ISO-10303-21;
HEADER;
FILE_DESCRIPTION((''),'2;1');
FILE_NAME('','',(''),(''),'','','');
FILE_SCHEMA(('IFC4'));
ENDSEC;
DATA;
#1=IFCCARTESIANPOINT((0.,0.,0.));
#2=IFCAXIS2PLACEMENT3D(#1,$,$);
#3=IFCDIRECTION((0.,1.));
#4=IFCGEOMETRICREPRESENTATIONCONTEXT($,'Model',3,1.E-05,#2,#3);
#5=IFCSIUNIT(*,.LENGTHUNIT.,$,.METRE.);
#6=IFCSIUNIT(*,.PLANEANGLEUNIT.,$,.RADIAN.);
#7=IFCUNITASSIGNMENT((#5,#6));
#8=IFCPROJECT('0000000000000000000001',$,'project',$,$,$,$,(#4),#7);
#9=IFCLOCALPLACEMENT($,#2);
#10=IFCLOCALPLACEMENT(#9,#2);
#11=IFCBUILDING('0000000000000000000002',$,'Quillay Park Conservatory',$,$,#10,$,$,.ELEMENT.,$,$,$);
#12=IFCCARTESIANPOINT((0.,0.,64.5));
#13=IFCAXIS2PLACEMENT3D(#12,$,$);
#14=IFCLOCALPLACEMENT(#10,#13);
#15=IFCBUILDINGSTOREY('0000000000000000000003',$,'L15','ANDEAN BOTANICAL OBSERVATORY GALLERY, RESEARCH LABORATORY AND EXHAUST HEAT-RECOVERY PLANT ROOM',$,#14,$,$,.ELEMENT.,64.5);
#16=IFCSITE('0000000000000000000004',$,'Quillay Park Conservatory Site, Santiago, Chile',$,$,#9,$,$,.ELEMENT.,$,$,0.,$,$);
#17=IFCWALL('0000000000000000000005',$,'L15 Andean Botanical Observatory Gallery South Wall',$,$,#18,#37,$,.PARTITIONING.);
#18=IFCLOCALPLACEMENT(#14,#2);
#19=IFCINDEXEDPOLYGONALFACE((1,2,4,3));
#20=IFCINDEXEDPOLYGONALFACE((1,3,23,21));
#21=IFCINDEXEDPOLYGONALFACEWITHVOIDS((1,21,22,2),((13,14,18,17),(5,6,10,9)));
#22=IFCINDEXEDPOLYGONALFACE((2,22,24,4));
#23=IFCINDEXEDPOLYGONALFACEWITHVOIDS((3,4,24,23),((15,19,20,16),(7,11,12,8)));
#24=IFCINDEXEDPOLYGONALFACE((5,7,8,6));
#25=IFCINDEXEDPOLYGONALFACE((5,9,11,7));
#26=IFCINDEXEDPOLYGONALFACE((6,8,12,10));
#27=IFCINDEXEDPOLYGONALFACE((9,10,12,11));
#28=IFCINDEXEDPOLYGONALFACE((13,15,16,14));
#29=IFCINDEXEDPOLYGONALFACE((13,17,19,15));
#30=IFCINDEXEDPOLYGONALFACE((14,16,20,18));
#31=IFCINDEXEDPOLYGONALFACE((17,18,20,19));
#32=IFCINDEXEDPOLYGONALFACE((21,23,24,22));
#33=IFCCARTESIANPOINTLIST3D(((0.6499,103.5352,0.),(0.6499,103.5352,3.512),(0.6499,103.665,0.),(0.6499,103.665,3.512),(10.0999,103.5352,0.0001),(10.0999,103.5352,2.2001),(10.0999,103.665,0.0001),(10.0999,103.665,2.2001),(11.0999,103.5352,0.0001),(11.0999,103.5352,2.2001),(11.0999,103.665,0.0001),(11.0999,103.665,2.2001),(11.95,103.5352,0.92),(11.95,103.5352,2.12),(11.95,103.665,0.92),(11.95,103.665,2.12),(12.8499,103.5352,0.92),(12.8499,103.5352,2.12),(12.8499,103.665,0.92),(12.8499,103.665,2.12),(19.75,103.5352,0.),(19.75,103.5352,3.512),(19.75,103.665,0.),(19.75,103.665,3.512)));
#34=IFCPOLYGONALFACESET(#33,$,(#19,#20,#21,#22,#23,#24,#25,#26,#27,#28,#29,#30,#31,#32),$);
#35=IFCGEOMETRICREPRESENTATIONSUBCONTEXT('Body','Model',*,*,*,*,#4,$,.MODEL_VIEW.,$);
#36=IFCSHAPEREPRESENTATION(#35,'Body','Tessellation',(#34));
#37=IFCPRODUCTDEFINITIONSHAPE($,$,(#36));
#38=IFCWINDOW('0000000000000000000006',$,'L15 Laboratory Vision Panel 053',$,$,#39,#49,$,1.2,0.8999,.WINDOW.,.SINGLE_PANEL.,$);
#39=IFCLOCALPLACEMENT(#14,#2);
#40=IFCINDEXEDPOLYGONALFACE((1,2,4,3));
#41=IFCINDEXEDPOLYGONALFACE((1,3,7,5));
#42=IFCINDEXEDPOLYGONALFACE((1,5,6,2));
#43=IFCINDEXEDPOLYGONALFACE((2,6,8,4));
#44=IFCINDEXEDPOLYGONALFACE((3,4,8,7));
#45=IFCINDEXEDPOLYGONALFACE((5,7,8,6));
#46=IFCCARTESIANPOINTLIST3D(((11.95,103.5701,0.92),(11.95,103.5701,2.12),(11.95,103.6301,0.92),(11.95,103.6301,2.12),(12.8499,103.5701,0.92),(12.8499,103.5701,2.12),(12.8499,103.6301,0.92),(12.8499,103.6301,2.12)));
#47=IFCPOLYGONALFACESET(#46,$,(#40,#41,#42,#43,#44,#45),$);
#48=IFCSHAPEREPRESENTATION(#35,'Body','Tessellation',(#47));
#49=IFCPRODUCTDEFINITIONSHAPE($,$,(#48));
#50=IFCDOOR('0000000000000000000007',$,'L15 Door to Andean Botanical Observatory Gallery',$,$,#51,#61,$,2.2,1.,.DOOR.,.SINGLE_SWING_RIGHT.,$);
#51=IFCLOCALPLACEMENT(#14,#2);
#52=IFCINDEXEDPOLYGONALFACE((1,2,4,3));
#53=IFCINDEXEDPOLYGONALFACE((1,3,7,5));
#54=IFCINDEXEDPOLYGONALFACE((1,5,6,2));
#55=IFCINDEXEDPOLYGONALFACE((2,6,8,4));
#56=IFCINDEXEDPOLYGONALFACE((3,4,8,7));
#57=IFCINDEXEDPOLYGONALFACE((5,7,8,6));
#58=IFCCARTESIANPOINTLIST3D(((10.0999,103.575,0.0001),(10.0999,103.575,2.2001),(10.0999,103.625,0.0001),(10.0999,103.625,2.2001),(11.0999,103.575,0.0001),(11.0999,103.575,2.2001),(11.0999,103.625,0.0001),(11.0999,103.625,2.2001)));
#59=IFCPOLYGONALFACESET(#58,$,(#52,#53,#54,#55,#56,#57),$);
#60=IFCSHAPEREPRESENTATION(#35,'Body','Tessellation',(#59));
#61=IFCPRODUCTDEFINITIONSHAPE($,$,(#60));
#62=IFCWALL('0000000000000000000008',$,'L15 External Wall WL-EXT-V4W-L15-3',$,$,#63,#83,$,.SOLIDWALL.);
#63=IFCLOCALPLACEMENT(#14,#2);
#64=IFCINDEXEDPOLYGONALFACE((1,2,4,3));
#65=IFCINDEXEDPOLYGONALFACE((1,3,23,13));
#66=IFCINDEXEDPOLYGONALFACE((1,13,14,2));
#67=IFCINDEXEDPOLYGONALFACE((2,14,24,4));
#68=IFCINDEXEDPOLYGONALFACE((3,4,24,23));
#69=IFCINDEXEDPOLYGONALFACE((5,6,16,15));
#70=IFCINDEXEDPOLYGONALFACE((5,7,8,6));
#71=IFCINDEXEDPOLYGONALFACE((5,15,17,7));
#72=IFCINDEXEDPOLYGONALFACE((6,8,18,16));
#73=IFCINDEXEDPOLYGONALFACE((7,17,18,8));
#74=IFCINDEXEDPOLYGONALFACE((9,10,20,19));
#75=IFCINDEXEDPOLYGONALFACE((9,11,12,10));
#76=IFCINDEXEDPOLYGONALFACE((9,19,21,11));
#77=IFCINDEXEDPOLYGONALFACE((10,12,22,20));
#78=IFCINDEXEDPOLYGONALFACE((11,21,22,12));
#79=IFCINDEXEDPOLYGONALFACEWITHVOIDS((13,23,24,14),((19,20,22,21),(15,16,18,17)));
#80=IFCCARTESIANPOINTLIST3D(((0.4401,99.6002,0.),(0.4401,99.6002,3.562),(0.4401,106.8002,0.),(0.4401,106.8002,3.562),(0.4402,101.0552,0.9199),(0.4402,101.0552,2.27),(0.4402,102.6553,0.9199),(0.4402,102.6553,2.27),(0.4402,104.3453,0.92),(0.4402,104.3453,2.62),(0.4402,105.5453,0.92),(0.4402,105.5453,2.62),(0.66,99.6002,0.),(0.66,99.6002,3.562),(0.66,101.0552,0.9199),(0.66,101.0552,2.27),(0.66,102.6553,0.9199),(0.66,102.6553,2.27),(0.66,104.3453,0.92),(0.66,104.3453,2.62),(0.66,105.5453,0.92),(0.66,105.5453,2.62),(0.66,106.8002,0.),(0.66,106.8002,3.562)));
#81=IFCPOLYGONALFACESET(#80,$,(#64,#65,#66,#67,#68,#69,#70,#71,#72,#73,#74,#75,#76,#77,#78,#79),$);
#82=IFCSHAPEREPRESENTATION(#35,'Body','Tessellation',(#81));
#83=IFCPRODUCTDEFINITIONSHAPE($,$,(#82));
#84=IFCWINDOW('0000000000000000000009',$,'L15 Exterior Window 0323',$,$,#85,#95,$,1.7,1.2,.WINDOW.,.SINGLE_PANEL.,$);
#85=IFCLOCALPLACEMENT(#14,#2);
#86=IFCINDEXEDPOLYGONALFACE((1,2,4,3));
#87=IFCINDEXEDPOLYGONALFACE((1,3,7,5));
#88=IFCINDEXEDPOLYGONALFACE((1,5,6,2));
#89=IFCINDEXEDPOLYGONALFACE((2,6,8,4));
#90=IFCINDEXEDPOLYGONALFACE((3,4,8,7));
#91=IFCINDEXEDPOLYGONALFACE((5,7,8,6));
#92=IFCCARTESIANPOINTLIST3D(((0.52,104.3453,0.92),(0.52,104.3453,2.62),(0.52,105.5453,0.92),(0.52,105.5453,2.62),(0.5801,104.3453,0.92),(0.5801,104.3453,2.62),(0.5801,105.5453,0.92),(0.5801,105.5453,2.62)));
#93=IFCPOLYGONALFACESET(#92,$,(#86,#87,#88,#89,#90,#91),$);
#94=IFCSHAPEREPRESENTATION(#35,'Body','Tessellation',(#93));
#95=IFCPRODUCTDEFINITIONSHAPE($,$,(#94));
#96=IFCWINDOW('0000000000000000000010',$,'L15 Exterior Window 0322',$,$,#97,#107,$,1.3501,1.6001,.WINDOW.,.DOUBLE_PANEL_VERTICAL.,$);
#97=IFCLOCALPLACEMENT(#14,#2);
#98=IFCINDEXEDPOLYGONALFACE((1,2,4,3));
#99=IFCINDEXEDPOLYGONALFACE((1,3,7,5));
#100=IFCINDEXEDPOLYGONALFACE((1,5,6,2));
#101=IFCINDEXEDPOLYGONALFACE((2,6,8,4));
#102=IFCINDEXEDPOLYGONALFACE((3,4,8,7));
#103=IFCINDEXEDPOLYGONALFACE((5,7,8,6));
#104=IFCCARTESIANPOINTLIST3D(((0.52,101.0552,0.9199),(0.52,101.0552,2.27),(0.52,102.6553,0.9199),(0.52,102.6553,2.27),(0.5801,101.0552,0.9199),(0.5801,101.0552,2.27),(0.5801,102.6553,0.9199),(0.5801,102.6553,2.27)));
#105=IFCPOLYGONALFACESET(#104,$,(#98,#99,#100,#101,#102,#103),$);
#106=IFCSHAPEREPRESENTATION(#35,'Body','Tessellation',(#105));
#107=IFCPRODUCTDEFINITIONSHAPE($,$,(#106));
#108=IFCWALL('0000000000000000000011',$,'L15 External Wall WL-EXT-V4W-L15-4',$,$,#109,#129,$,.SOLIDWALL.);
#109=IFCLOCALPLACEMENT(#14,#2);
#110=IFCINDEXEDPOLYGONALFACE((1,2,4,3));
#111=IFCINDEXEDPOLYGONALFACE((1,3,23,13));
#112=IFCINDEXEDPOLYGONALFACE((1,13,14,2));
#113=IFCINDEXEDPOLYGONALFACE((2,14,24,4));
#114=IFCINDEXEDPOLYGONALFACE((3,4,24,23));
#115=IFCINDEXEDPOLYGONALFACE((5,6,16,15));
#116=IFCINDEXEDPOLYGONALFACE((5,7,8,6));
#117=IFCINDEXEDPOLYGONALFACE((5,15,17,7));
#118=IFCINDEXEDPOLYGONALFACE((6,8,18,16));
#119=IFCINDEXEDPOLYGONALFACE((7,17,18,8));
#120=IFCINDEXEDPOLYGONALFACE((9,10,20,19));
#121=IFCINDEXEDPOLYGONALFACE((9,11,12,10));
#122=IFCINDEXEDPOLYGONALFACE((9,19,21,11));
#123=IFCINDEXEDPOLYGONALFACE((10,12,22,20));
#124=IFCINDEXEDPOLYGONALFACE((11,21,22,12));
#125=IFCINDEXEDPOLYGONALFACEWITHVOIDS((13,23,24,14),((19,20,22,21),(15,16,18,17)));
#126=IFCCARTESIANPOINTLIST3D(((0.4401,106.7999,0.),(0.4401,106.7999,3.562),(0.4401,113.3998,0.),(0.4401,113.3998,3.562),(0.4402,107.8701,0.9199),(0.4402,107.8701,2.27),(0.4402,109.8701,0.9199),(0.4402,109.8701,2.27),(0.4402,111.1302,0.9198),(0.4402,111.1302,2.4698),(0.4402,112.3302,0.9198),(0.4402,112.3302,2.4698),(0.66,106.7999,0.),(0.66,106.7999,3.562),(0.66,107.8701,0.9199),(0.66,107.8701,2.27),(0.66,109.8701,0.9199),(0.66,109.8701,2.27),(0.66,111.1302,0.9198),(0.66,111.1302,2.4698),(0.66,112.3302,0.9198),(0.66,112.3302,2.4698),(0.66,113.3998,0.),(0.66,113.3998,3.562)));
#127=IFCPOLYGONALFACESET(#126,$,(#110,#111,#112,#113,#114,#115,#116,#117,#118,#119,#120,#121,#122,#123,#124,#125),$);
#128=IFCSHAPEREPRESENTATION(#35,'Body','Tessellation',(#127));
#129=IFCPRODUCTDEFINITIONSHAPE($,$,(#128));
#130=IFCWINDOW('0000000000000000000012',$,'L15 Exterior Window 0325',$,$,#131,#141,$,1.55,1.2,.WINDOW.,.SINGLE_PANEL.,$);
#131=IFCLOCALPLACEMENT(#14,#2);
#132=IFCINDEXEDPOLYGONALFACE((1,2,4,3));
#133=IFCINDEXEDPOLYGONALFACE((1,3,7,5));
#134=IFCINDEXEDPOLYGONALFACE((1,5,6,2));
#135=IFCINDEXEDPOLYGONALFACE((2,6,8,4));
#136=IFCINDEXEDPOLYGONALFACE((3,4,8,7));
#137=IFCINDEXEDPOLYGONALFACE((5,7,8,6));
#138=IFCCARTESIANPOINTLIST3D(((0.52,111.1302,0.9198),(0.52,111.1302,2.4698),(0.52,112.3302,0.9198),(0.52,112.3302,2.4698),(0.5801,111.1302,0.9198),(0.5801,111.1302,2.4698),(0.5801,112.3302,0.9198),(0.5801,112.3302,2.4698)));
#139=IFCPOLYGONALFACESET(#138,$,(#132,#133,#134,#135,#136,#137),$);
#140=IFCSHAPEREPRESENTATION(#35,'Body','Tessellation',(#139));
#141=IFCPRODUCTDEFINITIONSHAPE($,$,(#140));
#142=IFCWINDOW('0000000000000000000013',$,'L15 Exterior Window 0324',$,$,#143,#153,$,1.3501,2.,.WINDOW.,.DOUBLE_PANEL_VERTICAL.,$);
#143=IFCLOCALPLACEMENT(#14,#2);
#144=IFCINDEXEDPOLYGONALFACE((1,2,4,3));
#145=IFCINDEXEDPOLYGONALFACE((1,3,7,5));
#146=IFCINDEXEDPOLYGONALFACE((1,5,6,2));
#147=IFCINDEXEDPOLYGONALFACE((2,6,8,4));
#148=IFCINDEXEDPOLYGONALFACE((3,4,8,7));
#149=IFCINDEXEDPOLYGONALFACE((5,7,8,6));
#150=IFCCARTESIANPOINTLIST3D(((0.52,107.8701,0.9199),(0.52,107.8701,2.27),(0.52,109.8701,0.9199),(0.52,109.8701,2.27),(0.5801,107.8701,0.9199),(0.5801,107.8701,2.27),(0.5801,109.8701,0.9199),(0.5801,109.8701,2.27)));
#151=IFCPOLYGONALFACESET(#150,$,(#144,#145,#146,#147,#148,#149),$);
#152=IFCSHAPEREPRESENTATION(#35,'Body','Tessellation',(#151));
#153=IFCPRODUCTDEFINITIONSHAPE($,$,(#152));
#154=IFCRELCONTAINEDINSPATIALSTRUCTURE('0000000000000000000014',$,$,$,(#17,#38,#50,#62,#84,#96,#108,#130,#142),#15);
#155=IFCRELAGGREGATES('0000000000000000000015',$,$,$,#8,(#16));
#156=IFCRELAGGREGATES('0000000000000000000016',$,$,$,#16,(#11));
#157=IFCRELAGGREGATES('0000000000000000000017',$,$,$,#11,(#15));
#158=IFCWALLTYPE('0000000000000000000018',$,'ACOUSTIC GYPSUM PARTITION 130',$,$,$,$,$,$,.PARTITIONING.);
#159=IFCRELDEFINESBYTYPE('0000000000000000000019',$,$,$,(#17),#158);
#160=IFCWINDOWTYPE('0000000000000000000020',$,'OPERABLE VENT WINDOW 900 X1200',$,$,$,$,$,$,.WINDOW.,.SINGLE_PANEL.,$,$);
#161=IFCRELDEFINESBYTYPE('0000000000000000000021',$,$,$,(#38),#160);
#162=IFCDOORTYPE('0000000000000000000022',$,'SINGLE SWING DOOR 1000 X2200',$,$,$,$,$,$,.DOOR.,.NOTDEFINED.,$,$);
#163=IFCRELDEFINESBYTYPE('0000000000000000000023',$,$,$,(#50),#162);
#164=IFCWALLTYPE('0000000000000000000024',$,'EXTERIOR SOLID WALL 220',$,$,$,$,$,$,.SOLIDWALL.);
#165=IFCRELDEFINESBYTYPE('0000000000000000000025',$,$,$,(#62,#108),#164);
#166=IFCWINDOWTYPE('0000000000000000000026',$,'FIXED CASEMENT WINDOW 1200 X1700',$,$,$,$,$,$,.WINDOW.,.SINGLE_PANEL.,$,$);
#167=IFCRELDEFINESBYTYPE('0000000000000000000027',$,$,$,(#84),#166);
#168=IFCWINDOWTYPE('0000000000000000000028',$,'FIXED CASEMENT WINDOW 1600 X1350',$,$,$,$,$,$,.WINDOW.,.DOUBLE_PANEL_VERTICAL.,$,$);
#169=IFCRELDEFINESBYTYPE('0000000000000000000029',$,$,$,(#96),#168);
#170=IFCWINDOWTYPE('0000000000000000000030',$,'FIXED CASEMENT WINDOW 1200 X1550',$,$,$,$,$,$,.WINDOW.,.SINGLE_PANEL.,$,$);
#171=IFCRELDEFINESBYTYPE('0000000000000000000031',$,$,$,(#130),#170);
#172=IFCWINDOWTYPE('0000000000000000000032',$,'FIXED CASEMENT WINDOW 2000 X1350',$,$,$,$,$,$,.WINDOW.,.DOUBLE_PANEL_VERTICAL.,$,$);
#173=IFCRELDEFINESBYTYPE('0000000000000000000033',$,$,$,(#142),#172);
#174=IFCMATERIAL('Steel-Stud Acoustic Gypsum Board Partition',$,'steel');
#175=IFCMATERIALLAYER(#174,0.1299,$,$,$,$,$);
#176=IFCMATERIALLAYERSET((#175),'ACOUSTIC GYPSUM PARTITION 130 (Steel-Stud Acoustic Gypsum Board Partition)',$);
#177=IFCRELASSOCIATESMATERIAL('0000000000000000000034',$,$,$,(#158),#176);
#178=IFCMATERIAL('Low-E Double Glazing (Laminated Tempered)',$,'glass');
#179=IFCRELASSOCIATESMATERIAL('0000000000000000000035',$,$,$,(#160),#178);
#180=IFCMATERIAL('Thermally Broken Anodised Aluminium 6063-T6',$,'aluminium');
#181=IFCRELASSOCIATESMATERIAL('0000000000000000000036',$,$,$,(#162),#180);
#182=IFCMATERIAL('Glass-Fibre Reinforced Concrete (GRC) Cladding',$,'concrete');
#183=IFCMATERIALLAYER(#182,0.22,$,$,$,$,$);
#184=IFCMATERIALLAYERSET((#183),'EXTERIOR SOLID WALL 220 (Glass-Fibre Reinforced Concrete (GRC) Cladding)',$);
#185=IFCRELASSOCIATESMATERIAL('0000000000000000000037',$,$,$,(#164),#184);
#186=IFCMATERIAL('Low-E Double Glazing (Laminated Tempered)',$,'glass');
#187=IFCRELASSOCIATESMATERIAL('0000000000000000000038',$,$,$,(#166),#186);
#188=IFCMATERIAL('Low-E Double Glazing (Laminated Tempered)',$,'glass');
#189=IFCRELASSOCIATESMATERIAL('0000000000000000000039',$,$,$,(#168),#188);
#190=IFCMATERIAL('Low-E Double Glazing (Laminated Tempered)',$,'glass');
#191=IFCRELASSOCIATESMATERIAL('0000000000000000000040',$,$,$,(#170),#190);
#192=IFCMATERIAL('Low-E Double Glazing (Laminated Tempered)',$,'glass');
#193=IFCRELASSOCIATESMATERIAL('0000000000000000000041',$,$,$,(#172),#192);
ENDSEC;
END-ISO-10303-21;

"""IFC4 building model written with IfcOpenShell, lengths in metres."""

from ifc_helpers import new_model, si_unit, direction, frame, frame_2d, origin, place, context, subcontext, project, spatial, rectangle, extrude, material, layer, layer_set, type_object, element, fill, save


model = new_model("IFC4")

# Units and contexts
model_context = context("Model", 3, precision=1e-05, world=origin(), true_north=direction((0.0, 1.0)))
body_context = subcontext(model_context, "Body", "Model", "MODEL_VIEW")
ifc_project = project(units=[si_unit("LENGTHUNIT", "METRE"), si_unit("PLANEANGLEUNIT", "RADIAN")], contexts=[model_context])

# Site, building, storey
site_placement = place(None, origin())
site = spatial("IfcSite", under=ifc_project, at=site_placement, Name="Quillay Park Conservatory Site, Santiago, Chile", CompositionType="ELEMENT", RefElevation=0.0)
building_placement = place(site_placement, origin())
building = spatial("IfcBuilding", under=site, at=building_placement, Name="Quillay Park Conservatory", CompositionType="ELEMENT")
storey_placement = place(building_placement, frame((0.0, 0.0, 64.5)))
storey = spatial("IfcBuildingStorey", under=building, at=storey_placement, Name="L15", Description="ANDEAN BOTANICAL OBSERVATORY GALLERY, RESEARCH LABORATORY AND EXHAUST HEAT-RECOVERY PLANT ROOM", CompositionType="ELEMENT", Elevation=64.5)

# Wall, openings, window, door
ifc_material_1 = material(Name="Steel-Stud Acoustic Gypsum Board Partition", Category="steel")
ifc_layer_1 = layer(ifc_material_1, 0.1299)
ifc_layer_set_1 = layer_set([ifc_layer_1], Name="ACOUSTIC GYPSUM PARTITION 130 (Steel-Stud Acoustic Gypsum Board Partition)")
wall_type_1 = type_object("IfcWallType", Name="ACOUSTIC GYPSUM PARTITION 130", PredefinedType="PARTITIONING", material=ifc_layer_set_1)
wall_1_placement = place(storey_placement, frame((0.6499, 103.6001, 0.0), z_axis=(0.0, 0.0, 1.0), x_axis=(1.0, 0.0, 0.0)))
wall_1 = element("IfcWall", 1, at=wall_1_placement, inside=storey, type_object=wall_type_1, Name="L15 Andean Botanical Observatory Gallery South Wall", PredefinedType="PARTITIONING", context=body_context, shape_type="SweptSolid", body=[
    extrude(rectangle(XDim=19.1001, YDim=0.1299, at=frame_2d((9.55, 0.0))), origin(), (0.0, 0.0, 1.0), 3.512),
])
opening_1_placement = place(wall_1_placement, frame((9.45, 0.0, 0.0)))
opening_1 = element("IfcOpeningElement", 2, at=opening_1_placement, cuts=wall_1, PredefinedType="OPENING", context=body_context, shape_type="SweptSolid", body=[
    extrude(rectangle(XDim=1.0, YDim=2.2, at=frame_2d((0.5, 1.1001))), frame((0.0, 0.0649, 0.0), z_axis=(0.0, -1.0, 0.0), x_axis=(1.0, 0.0, 0.0)), (0.0, 0.0, 1.0), 0.1299),
])
opening_2_placement = place(wall_1_placement, frame((11.3, 0.0, 0.9199)))
opening_2 = element("IfcOpeningElement", 3, at=opening_2_placement, cuts=wall_1, PredefinedType="OPENING", context=body_context, shape_type="SweptSolid", body=[
    extrude(rectangle(XDim=0.8999, YDim=1.2, at=frame_2d((0.45, 0.6001))), frame((0.0, 0.0649, 0.0), z_axis=(0.0, -1.0, 0.0), x_axis=(1.0, 0.0, 0.0)), (0.0, 0.0, 1.0), 0.1299),
])
ifc_material_2 = material(Name="Low-E Double Glazing (Laminated Tempered)", Category="glass")
window_type_1 = type_object("IfcWindowType", Name="OPERABLE VENT WINDOW 900 X1200", PartitioningType="SINGLE_PANEL", PredefinedType="WINDOW", material=ifc_material_2)
window_1_placement = place(opening_2_placement, origin())
window_1 = element("IfcWindow", 4, at=window_1_placement, inside=storey, type_object=window_type_1, Name="L15 Laboratory Vision Panel 053", OverallHeight=1.2, OverallWidth=0.8999, PartitioningType="SINGLE_PANEL", PredefinedType="WINDOW", context=body_context, shape_type="SweptSolid", body=[
    extrude(rectangle(XDim=0.8999, YDim=1.2, at=frame_2d((0.45, 0.6001))), frame((0.0, 0.03, 0.0), z_axis=(0.0, -1.0, 0.0), x_axis=(1.0, 0.0, 0.0)), (0.0, 0.0, 1.0), 0.0601),
])
fill(opening_2, window_1)
ifc_material_3 = material(Name="Thermally Broken Anodised Aluminium 6063-T6", Category="aluminium")
door_type = type_object("IfcDoorType", Name="SINGLE SWING DOOR 1000 X2200", OperationType="NOTDEFINED", PredefinedType="DOOR", material=ifc_material_3)
door_placement = place(opening_1_placement, origin())
door = element("IfcDoor", 5, at=door_placement, inside=storey, type_object=door_type, Name="L15 Door to Andean Botanical Observatory Gallery", OperationType="SINGLE_SWING_RIGHT", OverallHeight=2.2, OverallWidth=1.0, PredefinedType="DOOR", context=body_context, shape_type="SweptSolid", body=[
    extrude(rectangle(XDim=1.0, YDim=2.2, at=frame_2d((0.5, 1.1001))), frame((0.0, 0.0249, 0.0), z_axis=(0.0, -1.0, 0.0), x_axis=(1.0, 0.0, 0.0)), (0.0, 0.0, 1.0), 0.05),
])
fill(opening_1, door)

# Walls, openings, windows
ifc_material_4 = material(Name="Glass-Fibre Reinforced Concrete (GRC) Cladding", Category="concrete")
ifc_layer_2 = layer(ifc_material_4, 0.22)
ifc_layer_set_2 = layer_set([ifc_layer_2], Name="EXTERIOR SOLID WALL 220 (Glass-Fibre Reinforced Concrete (GRC) Cladding)")
wall_type_2 = type_object("IfcWallType", Name="EXTERIOR SOLID WALL 220", PredefinedType="SOLIDWALL", material=ifc_layer_set_2)
wall_2_placement = place(storey_placement, frame((0.55, 99.6001, 0.0), z_axis=(0.0, 0.0, 1.0), x_axis=(0.0, 1.0, 0.0)))
wall_2 = element("IfcWall", 6, at=wall_2_placement, inside=storey, type_object=wall_type_2, Name="L15 External Wall WL-EXT-V4W-L15-3", PredefinedType="SOLIDWALL", context=body_context, shape_type="SweptSolid", body=[
    extrude(rectangle(XDim=7.2, YDim=0.22, at=frame_2d((3.6001, 0.0))), origin(), (0.0, 0.0, 1.0), 3.562),
])
opening_3_placement = place(wall_2_placement, frame((1.4551, 0.0, 0.9199)))
opening_3 = element("IfcOpeningElement", 7, at=opening_3_placement, cuts=wall_2, PredefinedType="OPENING", context=body_context, shape_type="SweptSolid", body=[
    extrude(rectangle(XDim=1.6001, YDim=1.3501, at=frame_2d((0.8, 0.675))), frame((0.0, 0.1099, 0.0), z_axis=(0.0, -1.0, 0.0), x_axis=(1.0, 0.0, 0.0)), (0.0, 0.0, 1.0), 0.22),
])
opening_4_placement = place(wall_2_placement, frame((4.7451, 0.0, 0.9199)))
opening_4 = element("IfcOpeningElement", 8, at=opening_4_placement, cuts=wall_2, PredefinedType="OPENING", context=body_context, shape_type="SweptSolid", body=[
    extrude(rectangle(XDim=1.2, YDim=1.7, at=frame_2d((0.6001, 0.8501))), frame((0.0, 0.1099, 0.0), z_axis=(0.0, -1.0, 0.0), x_axis=(1.0, 0.0, 0.0)), (0.0, 0.0, 1.0), 0.22),
])
ifc_material_5 = material(Name="Low-E Double Glazing (Laminated Tempered)", Category="glass")
window_type_2 = type_object("IfcWindowType", Name="FIXED CASEMENT WINDOW 1200 X1700", PartitioningType="SINGLE_PANEL", PredefinedType="WINDOW", material=ifc_material_5)
window_2_placement = place(opening_4_placement, origin())
window_2 = element("IfcWindow", 9, at=window_2_placement, inside=storey, type_object=window_type_2, Name="L15 Exterior Window 0323", OverallHeight=1.7, OverallWidth=1.2, PartitioningType="SINGLE_PANEL", PredefinedType="WINDOW", context=body_context, shape_type="SweptSolid", body=[
    extrude(rectangle(XDim=1.2, YDim=1.7, at=frame_2d((0.6001, 0.8501))), frame((0.0, 0.03, 0.0), z_axis=(0.0, -1.0, 0.0), x_axis=(1.0, 0.0, 0.0)), (0.0, 0.0, 1.0), 0.0601),
])
fill(opening_4, window_2)
ifc_material_6 = material(Name="Low-E Double Glazing (Laminated Tempered)", Category="glass")
window_type_3 = type_object("IfcWindowType", Name="FIXED CASEMENT WINDOW 1600 X1350", PartitioningType="DOUBLE_PANEL_VERTICAL", PredefinedType="WINDOW", material=ifc_material_6)
window_3_placement = place(opening_3_placement, origin())
window_3 = element("IfcWindow", 10, at=window_3_placement, inside=storey, type_object=window_type_3, Name="L15 Exterior Window 0322", OverallHeight=1.3501, OverallWidth=1.6001, PartitioningType="DOUBLE_PANEL_VERTICAL", PredefinedType="WINDOW", context=body_context, shape_type="SweptSolid", body=[
    extrude(rectangle(XDim=1.6001, YDim=1.3501, at=frame_2d((0.8, 0.675))), frame((0.0, 0.03, 0.0), z_axis=(0.0, -1.0, 0.0), x_axis=(1.0, 0.0, 0.0)), (0.0, 0.0, 1.0), 0.0601),
])
fill(opening_3, window_3)
wall_3_placement = place(storey_placement, frame((0.55, 106.8, 0.0), z_axis=(0.0, 0.0, 1.0), x_axis=(0.0, 1.0, 0.0)))
wall_3 = element("IfcWall", 11, at=wall_3_placement, inside=storey, type_object=wall_type_2, Name="L15 External Wall WL-EXT-V4W-L15-4", PredefinedType="SOLIDWALL", context=body_context, shape_type="SweptSolid", body=[
    extrude(rectangle(XDim=6.5999, YDim=0.22, at=frame_2d((3.2998, 0.0))), origin(), (0.0, 0.0, 1.0), 3.562),
])
opening_5_placement = place(wall_3_placement, frame((1.0701, 0.0, 0.9199)))
opening_5 = element("IfcOpeningElement", 12, at=opening_5_placement, cuts=wall_3, PredefinedType="OPENING", context=body_context, shape_type="SweptSolid", body=[
    extrude(rectangle(XDim=2.0, YDim=1.3501, at=frame_2d((1.0, 0.675))), frame((0.0, 0.1099, 0.0), z_axis=(0.0, -1.0, 0.0), x_axis=(1.0, 0.0, 0.0)), (0.0, 0.0, 1.0), 0.22),
])
opening_6_placement = place(wall_3_placement, frame((4.3301, 0.0, 0.9199)))
opening_6 = element("IfcOpeningElement", 13, at=opening_6_placement, cuts=wall_3, PredefinedType="OPENING", context=body_context, shape_type="SweptSolid", body=[
    extrude(rectangle(XDim=1.2, YDim=1.55, at=frame_2d((0.6001, 0.7749))), frame((0.0, 0.1099, 0.0), z_axis=(0.0, -1.0, 0.0), x_axis=(1.0, 0.0, 0.0)), (0.0, 0.0, 1.0), 0.22),
])
ifc_material_7 = material(Name="Low-E Double Glazing (Laminated Tempered)", Category="glass")
window_type_4 = type_object("IfcWindowType", Name="FIXED CASEMENT WINDOW 1200 X1550", PartitioningType="SINGLE_PANEL", PredefinedType="WINDOW", material=ifc_material_7)
window_4_placement = place(opening_6_placement, origin())
window_4 = element("IfcWindow", 14, at=window_4_placement, inside=storey, type_object=window_type_4, Name="L15 Exterior Window 0325", OverallHeight=1.55, OverallWidth=1.2, PartitioningType="SINGLE_PANEL", PredefinedType="WINDOW", context=body_context, shape_type="SweptSolid", body=[
    extrude(rectangle(XDim=1.2, YDim=1.55, at=frame_2d((0.6001, 0.7749))), frame((0.0, 0.03, 0.0), z_axis=(0.0, -1.0, 0.0), x_axis=(1.0, 0.0, 0.0)), (0.0, 0.0, 1.0), 0.0601),
])
fill(opening_6, window_4)
ifc_material_8 = material(Name="Low-E Double Glazing (Laminated Tempered)", Category="glass")
window_type_5 = type_object("IfcWindowType", Name="FIXED CASEMENT WINDOW 2000 X1350", PartitioningType="DOUBLE_PANEL_VERTICAL", PredefinedType="WINDOW", material=ifc_material_8)
window_5_placement = place(opening_5_placement, origin())
window_5 = element("IfcWindow", 15, at=window_5_placement, inside=storey, type_object=window_type_5, Name="L15 Exterior Window 0324", OverallHeight=1.3501, OverallWidth=2.0, PartitioningType="DOUBLE_PANEL_VERTICAL", PredefinedType="WINDOW", context=body_context, shape_type="SweptSolid", body=[
    extrude(rectangle(XDim=2.0, YDim=1.3501, at=frame_2d((1.0, 0.675))), frame((0.0, 0.03, 0.0), z_axis=(0.0, -1.0, 0.0), x_axis=(1.0, 0.0, 0.0)), (0.0, 0.0, 1.0), 0.0601),
])
fill(opening_5, window_5)

save(model, "model.ifc")
